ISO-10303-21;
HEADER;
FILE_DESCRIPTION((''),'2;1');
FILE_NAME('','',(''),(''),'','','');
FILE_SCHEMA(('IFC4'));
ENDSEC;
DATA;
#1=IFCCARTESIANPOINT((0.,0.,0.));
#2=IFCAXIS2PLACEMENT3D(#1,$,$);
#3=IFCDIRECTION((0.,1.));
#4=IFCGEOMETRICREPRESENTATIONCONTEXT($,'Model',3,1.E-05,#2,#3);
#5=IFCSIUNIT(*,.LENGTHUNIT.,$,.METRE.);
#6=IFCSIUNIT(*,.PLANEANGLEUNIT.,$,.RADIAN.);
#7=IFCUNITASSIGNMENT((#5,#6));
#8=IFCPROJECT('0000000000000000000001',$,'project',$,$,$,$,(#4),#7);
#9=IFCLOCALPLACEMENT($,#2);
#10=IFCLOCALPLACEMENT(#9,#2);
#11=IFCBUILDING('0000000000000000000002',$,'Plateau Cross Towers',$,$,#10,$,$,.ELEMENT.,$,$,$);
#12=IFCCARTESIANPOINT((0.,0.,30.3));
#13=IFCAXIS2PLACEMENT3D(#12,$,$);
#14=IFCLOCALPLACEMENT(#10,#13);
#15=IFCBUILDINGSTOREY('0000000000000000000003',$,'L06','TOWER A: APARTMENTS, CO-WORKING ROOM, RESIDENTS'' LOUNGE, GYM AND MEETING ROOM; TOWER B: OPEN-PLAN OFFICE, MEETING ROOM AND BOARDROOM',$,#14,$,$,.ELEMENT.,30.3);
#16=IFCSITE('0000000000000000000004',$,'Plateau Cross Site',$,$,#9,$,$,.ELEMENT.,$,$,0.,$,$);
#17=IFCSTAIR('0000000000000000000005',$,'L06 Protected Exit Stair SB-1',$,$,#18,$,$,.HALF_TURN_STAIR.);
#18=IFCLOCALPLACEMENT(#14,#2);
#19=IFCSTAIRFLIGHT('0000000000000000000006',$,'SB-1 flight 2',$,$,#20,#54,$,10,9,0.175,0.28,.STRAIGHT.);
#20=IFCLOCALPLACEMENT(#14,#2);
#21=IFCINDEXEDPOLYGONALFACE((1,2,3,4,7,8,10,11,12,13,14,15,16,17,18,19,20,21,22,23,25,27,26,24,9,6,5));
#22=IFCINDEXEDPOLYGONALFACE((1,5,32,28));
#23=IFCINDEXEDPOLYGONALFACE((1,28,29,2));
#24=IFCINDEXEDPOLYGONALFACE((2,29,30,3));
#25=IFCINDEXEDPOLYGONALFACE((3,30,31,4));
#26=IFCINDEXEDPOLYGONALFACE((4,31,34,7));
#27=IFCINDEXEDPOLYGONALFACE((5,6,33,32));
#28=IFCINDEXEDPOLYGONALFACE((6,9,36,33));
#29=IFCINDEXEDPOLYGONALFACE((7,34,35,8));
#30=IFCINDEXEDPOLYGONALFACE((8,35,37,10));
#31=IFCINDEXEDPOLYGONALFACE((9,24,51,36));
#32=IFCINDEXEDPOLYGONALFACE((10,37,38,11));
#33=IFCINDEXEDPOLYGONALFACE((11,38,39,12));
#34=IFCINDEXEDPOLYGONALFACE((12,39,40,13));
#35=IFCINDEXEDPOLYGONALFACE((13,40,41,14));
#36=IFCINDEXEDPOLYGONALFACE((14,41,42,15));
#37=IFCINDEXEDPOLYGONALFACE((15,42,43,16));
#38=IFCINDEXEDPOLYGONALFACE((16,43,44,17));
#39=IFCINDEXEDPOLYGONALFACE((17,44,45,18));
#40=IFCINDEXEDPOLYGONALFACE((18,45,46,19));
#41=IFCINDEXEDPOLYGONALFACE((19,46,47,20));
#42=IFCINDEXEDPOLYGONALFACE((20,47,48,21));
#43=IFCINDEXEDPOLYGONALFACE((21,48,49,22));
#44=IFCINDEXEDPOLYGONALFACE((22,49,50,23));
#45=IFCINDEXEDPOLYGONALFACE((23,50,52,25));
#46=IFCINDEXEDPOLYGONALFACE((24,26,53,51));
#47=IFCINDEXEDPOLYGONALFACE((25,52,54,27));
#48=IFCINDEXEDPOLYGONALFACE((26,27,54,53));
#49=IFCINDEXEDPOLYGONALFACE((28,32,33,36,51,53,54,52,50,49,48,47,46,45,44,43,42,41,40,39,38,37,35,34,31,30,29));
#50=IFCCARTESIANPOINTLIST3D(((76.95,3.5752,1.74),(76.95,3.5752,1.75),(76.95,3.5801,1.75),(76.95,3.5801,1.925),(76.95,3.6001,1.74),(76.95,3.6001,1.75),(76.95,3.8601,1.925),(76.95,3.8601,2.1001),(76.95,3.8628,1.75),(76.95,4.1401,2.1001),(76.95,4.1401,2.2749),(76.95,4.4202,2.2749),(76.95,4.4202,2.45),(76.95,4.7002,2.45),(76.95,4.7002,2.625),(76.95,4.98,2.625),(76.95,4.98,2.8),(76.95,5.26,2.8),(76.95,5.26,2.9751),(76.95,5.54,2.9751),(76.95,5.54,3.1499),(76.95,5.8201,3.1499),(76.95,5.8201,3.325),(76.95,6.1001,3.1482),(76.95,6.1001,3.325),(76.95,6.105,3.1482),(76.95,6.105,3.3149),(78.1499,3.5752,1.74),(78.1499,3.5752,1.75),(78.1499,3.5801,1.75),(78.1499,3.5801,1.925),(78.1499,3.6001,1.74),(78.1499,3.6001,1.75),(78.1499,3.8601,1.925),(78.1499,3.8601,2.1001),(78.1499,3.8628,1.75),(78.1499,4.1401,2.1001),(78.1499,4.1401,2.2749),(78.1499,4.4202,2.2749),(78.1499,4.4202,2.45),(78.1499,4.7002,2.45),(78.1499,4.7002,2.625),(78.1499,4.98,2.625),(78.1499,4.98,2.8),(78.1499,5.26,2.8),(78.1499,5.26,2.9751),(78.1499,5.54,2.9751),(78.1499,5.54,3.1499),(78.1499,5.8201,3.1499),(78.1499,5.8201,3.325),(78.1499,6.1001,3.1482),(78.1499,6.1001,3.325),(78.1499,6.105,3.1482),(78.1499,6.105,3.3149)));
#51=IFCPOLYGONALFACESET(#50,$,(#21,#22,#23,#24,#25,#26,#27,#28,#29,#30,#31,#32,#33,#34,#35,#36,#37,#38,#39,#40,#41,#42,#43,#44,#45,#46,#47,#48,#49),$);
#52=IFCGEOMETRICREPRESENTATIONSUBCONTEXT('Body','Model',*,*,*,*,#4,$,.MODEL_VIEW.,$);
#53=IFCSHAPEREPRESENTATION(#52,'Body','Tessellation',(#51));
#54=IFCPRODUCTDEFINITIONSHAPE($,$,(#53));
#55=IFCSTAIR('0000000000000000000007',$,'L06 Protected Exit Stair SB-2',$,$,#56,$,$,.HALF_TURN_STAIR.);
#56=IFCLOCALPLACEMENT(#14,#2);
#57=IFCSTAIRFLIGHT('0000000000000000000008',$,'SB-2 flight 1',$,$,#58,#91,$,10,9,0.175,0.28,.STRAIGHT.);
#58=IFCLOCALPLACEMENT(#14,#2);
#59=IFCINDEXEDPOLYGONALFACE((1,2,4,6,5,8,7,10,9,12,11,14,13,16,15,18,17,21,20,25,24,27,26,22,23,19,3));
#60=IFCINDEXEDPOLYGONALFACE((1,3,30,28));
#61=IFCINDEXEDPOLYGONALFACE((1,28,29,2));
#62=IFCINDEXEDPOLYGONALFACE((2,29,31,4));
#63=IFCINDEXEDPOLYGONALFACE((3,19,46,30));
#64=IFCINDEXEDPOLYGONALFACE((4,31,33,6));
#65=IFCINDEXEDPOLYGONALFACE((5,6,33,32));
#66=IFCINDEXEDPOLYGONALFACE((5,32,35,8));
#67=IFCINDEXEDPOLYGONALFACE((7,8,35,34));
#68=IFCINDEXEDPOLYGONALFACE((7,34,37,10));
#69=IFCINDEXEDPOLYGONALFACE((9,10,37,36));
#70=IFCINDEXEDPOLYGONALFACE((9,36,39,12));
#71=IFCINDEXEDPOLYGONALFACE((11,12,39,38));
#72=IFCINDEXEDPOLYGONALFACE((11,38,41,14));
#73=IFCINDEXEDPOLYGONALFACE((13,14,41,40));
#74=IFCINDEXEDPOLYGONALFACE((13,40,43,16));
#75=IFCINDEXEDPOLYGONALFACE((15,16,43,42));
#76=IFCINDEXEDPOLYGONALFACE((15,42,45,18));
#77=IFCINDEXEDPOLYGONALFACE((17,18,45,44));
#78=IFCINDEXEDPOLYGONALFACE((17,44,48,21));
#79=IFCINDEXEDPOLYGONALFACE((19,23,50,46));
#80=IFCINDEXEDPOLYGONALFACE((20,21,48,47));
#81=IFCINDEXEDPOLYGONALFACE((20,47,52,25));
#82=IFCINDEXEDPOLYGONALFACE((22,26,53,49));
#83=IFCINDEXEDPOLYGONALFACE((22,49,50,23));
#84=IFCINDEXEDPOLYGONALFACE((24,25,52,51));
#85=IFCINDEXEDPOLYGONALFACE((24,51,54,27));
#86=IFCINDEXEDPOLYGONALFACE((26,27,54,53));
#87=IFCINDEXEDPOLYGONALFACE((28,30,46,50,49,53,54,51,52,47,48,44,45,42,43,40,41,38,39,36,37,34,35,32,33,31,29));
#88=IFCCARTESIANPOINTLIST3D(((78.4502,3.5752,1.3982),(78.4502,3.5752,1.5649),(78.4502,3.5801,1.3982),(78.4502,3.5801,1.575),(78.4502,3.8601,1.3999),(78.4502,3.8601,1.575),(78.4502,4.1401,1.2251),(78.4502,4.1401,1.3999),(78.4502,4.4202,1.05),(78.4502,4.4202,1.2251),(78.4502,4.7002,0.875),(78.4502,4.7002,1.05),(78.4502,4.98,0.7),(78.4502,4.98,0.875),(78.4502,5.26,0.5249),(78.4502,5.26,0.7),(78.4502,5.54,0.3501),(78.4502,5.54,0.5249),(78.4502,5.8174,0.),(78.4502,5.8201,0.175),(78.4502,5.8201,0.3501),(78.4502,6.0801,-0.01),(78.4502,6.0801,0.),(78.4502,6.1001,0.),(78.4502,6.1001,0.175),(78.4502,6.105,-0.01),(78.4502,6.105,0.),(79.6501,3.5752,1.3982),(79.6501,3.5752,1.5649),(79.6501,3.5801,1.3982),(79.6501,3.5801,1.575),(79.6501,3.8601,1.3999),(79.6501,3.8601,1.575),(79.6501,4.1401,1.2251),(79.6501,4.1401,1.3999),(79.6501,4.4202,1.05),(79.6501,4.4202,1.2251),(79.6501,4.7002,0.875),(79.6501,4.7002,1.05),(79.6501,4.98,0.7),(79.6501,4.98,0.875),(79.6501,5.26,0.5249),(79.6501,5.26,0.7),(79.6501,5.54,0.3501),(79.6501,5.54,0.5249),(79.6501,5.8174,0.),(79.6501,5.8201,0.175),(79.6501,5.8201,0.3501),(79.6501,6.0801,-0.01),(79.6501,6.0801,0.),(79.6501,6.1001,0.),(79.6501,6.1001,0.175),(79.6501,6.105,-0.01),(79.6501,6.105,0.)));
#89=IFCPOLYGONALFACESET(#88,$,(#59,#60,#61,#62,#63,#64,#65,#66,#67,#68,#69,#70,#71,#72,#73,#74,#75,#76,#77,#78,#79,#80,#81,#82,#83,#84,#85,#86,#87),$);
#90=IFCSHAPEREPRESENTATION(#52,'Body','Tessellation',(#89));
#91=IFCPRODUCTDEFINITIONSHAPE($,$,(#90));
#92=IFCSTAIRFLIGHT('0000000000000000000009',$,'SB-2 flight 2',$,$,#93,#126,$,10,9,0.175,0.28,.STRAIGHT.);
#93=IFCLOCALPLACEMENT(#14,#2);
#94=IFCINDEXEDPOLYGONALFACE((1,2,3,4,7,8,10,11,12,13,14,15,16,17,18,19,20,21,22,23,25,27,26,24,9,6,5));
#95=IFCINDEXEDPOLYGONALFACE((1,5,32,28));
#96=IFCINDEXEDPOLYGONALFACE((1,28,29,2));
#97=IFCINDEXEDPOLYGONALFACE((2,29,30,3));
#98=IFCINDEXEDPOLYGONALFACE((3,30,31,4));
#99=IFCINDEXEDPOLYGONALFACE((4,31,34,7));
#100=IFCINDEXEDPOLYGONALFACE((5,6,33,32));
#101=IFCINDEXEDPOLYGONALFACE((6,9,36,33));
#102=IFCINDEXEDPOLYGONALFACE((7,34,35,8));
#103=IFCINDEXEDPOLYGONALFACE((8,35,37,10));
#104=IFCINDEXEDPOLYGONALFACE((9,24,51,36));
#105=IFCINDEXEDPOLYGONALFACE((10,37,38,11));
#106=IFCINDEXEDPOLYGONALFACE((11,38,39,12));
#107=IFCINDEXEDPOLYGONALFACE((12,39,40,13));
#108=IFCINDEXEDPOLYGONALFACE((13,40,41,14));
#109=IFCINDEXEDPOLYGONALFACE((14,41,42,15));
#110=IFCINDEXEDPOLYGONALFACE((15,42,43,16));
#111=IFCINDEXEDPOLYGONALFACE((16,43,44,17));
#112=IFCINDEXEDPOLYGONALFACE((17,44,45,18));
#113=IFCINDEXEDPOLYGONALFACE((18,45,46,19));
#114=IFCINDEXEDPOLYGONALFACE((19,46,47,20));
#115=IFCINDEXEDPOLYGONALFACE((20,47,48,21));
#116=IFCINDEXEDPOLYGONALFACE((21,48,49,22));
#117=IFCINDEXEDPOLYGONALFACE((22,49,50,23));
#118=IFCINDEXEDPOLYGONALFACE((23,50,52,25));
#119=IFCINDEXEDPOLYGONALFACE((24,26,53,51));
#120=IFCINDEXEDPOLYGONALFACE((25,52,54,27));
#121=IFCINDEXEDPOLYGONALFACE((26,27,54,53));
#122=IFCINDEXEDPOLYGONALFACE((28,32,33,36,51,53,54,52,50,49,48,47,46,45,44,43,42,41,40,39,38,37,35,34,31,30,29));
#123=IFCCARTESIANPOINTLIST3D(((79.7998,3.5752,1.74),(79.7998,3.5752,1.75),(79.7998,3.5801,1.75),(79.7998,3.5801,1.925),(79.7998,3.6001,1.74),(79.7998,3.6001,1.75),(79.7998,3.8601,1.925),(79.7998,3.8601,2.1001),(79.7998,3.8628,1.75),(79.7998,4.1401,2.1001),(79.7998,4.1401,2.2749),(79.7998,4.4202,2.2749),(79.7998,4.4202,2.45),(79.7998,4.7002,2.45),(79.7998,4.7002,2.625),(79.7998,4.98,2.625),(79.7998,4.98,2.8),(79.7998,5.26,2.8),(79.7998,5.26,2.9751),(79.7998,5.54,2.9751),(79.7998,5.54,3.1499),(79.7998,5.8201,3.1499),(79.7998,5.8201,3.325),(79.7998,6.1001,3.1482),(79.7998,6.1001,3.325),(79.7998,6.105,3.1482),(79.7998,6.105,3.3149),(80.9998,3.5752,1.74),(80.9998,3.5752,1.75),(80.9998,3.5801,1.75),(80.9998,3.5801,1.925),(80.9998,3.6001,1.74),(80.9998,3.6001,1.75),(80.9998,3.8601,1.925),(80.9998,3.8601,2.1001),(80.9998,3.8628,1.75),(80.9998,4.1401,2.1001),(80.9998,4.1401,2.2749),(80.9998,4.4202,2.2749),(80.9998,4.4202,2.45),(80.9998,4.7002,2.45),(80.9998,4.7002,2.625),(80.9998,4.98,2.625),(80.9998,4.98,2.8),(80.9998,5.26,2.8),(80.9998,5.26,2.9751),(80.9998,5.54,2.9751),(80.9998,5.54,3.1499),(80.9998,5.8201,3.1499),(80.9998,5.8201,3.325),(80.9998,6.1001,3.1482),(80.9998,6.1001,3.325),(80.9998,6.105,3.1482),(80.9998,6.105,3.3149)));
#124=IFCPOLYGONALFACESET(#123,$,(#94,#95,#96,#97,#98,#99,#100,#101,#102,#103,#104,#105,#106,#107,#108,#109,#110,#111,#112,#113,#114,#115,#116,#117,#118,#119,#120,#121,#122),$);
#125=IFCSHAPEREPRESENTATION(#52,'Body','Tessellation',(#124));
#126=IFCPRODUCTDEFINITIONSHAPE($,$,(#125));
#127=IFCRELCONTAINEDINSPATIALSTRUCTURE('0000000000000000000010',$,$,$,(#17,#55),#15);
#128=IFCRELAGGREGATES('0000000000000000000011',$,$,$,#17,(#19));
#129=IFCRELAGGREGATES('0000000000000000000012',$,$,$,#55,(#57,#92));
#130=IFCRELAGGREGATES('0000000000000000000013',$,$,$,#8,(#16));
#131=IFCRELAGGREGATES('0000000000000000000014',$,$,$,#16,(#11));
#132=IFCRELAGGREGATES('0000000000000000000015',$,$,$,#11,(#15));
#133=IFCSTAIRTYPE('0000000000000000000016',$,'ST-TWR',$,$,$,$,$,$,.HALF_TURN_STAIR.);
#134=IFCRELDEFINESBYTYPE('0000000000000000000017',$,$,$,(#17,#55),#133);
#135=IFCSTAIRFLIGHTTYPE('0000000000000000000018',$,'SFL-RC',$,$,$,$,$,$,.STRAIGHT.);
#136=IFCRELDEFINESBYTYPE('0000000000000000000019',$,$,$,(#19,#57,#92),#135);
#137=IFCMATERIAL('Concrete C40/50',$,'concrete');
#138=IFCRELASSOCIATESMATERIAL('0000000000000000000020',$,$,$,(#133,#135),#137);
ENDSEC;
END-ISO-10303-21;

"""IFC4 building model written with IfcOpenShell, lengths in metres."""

from ifc_helpers import new_model, si_unit, direction, frame, origin, place, context, subcontext, project, spatial, polyline, outline, extrude, material, type_object, element, aggregate, save


model = new_model("IFC4")

# Units and contexts
model_context = context("Model", 3, precision=1e-05, world=origin(), true_north=direction((0.0, 1.0)))
body_context = subcontext(model_context, "Body", "Model", "MODEL_VIEW")
ifc_project = project(units=[si_unit("LENGTHUNIT", "METRE"), si_unit("PLANEANGLEUNIT", "RADIAN")], contexts=[model_context])

# Site, building, storey
site_placement = place(None, origin())
site = spatial("IfcSite", under=ifc_project, at=site_placement, Name="Plateau Cross Site", CompositionType="ELEMENT", RefElevation=0.0)
building_placement = place(site_placement, origin())
building = spatial("IfcBuilding", under=site, at=building_placement, Name="Plateau Cross Towers", CompositionType="ELEMENT")
storey_placement = place(building_placement, frame((0.0, 0.0, 30.3)))
storey = spatial("IfcBuildingStorey", under=building, at=storey_placement, Name="L06", Description="TOWER A: APARTMENTS, CO-WORKING ROOM, RESIDENTS' LOUNGE, GYM AND MEETING ROOM; TOWER B: OPEN-PLAN OFFICE, MEETING ROOM AND BOARDROOM", CompositionType="ELEMENT", Elevation=30.3)

# Stairs, stair flights
ifc_material_1 = material(Name="Concrete C40/50", Category="concrete")
stair_type = type_object("IfcStairType", Name="ST-TWR", PredefinedType="HALF_TURN_STAIR", material=ifc_material_1)
stair_1_placement = place(storey_placement, origin())
stair_1 = element("IfcStair", 1, at=stair_1_placement, inside=storey, type_object=stair_type, Name="L06 Protected Exit Stair SB-1", PredefinedType="HALF_TURN_STAIR")
stair_flight_type = type_object("IfcStairFlightType", Name="SFL-RC", PredefinedType="STRAIGHT", material=ifc_material_1)
stair_flight_1_placement = place(storey_placement, frame((77.55, 3.5801, 1.75), z_axis=(0.0, 0.0, 1.0), x_axis=(0.0, 1.0, 0.0)))
stair_flight_1 = element("IfcStairFlight", 2, at=stair_flight_1_placement, type_object=stair_flight_type, Name="SB-1 flight 2", NumberOfRisers=10, NumberOfTreads=9, PredefinedType="STRAIGHT", RiserHeight=0.175, TreadLength=0.28, context=body_context, shape_type="SweptSolid", body=[
    extrude(outline(polyline([(-0.0049, -0.01), (-0.0049, 0.0), (0.0, 0.0), (0.0, 0.175), (0.28, 0.175), (0.28, 0.3501), (0.5601, 0.3501), (0.5601, 0.5249), (0.8401, 0.5249), (0.8401, 0.7), (1.1201, 0.7), (1.1201, 0.875), (1.3999, 0.875), (1.3999, 1.05), (1.6799, 1.05), (1.6799, 1.2251), (1.96, 1.2251), (1.96, 1.3999), (2.24, 1.3999), (2.24, 1.575), (2.52, 1.575), (2.5249, 1.5649), (2.5249, 1.3982), (2.52, 1.3982), (0.2827, 0.0), (0.02, 0.0), (0.02, -0.01), (-0.0049, -0.01)])), frame((0.0, 0.6001, 0.0), z_axis=(0.0, -1.0, 0.0), x_axis=(1.0, 0.0, 0.0)), (0.0, 0.0, 1.0), 1.2),
])
aggregate(stair_1, [stair_flight_1])
stair_2_placement = place(storey_placement, origin())
stair_2 = element("IfcStair", 3, at=stair_2_placement, inside=storey, type_object=stair_type, Name="L06 Protected Exit Stair SB-2", PredefinedType="HALF_TURN_STAIR")
stair_flight_2_placement = place(storey_placement, frame((79.05, 6.1001, 0.0), z_axis=(0.0, 0.0, 1.0), x_axis=(0.0, -1.0, 0.0)))
stair_flight_2 = element("IfcStairFlight", 4, at=stair_flight_2_placement, type_object=stair_flight_type, Name="SB-2 flight 1", NumberOfRisers=10, NumberOfTreads=9, PredefinedType="STRAIGHT", RiserHeight=0.175, TreadLength=0.28, context=body_context, shape_type="SweptSolid", body=[
    extrude(outline(polyline([(-0.0049, -0.01), (-0.0049, 0.0), (0.0, 0.0), (0.0, 0.175), (0.28, 0.175), (0.28, 0.3501), (0.5601, 0.3501), (0.5601, 0.5249), (0.8401, 0.5249), (0.8401, 0.7), (1.1201, 0.7), (1.1201, 0.875), (1.3999, 0.875), (1.3999, 1.05), (1.6799, 1.05), (1.6799, 1.2251), (1.96, 1.2251), (1.96, 1.3999), (2.24, 1.3999), (2.24, 1.575), (2.52, 1.575), (2.5249, 1.5649), (2.5249, 1.3982), (2.52, 1.3982), (0.2827, 0.0), (0.02, 0.0), (0.02, -0.01), (-0.0049, -0.01)])), frame((0.0, 0.6001, 0.0), z_axis=(0.0, -1.0, 0.0), x_axis=(1.0, 0.0, 0.0)), (0.0, 0.0, 1.0), 1.2),
])
stair_flight_3_placement = place(storey_placement, frame((80.3999, 3.5801, 1.75), z_axis=(0.0, 0.0, 1.0), x_axis=(0.0, 1.0, 0.0)))
stair_flight_3 = element("IfcStairFlight", 5, at=stair_flight_3_placement, type_object=stair_flight_type, Name="SB-2 flight 2", NumberOfRisers=10, NumberOfTreads=9, PredefinedType="STRAIGHT", RiserHeight=0.175, TreadLength=0.28, context=body_context, shape_type="SweptSolid", body=[
    extrude(outline(polyline([(-0.0049, -0.01), (-0.0049, 0.0), (0.0, 0.0), (0.0, 0.175), (0.28, 0.175), (0.28, 0.3501), (0.5601, 0.3501), (0.5601, 0.5249), (0.8401, 0.5249), (0.8401, 0.7), (1.1201, 0.7), (1.1201, 0.875), (1.3999, 0.875), (1.3999, 1.05), (1.6799, 1.05), (1.6799, 1.2251), (1.96, 1.2251), (1.96, 1.3999), (2.24, 1.3999), (2.24, 1.575), (2.52, 1.575), (2.5249, 1.5649), (2.5249, 1.3982), (2.52, 1.3982), (0.2827, 0.0), (0.02, 0.0), (0.02, -0.01), (-0.0049, -0.01)])), frame((0.0, 0.6001, 0.0), z_axis=(0.0, -1.0, 0.0), x_axis=(1.0, 0.0, 0.0)), (0.0, 0.0, 1.0), 1.2),
])
aggregate(stair_2, [stair_flight_2, stair_flight_3])

save(model, "model.ifc")
